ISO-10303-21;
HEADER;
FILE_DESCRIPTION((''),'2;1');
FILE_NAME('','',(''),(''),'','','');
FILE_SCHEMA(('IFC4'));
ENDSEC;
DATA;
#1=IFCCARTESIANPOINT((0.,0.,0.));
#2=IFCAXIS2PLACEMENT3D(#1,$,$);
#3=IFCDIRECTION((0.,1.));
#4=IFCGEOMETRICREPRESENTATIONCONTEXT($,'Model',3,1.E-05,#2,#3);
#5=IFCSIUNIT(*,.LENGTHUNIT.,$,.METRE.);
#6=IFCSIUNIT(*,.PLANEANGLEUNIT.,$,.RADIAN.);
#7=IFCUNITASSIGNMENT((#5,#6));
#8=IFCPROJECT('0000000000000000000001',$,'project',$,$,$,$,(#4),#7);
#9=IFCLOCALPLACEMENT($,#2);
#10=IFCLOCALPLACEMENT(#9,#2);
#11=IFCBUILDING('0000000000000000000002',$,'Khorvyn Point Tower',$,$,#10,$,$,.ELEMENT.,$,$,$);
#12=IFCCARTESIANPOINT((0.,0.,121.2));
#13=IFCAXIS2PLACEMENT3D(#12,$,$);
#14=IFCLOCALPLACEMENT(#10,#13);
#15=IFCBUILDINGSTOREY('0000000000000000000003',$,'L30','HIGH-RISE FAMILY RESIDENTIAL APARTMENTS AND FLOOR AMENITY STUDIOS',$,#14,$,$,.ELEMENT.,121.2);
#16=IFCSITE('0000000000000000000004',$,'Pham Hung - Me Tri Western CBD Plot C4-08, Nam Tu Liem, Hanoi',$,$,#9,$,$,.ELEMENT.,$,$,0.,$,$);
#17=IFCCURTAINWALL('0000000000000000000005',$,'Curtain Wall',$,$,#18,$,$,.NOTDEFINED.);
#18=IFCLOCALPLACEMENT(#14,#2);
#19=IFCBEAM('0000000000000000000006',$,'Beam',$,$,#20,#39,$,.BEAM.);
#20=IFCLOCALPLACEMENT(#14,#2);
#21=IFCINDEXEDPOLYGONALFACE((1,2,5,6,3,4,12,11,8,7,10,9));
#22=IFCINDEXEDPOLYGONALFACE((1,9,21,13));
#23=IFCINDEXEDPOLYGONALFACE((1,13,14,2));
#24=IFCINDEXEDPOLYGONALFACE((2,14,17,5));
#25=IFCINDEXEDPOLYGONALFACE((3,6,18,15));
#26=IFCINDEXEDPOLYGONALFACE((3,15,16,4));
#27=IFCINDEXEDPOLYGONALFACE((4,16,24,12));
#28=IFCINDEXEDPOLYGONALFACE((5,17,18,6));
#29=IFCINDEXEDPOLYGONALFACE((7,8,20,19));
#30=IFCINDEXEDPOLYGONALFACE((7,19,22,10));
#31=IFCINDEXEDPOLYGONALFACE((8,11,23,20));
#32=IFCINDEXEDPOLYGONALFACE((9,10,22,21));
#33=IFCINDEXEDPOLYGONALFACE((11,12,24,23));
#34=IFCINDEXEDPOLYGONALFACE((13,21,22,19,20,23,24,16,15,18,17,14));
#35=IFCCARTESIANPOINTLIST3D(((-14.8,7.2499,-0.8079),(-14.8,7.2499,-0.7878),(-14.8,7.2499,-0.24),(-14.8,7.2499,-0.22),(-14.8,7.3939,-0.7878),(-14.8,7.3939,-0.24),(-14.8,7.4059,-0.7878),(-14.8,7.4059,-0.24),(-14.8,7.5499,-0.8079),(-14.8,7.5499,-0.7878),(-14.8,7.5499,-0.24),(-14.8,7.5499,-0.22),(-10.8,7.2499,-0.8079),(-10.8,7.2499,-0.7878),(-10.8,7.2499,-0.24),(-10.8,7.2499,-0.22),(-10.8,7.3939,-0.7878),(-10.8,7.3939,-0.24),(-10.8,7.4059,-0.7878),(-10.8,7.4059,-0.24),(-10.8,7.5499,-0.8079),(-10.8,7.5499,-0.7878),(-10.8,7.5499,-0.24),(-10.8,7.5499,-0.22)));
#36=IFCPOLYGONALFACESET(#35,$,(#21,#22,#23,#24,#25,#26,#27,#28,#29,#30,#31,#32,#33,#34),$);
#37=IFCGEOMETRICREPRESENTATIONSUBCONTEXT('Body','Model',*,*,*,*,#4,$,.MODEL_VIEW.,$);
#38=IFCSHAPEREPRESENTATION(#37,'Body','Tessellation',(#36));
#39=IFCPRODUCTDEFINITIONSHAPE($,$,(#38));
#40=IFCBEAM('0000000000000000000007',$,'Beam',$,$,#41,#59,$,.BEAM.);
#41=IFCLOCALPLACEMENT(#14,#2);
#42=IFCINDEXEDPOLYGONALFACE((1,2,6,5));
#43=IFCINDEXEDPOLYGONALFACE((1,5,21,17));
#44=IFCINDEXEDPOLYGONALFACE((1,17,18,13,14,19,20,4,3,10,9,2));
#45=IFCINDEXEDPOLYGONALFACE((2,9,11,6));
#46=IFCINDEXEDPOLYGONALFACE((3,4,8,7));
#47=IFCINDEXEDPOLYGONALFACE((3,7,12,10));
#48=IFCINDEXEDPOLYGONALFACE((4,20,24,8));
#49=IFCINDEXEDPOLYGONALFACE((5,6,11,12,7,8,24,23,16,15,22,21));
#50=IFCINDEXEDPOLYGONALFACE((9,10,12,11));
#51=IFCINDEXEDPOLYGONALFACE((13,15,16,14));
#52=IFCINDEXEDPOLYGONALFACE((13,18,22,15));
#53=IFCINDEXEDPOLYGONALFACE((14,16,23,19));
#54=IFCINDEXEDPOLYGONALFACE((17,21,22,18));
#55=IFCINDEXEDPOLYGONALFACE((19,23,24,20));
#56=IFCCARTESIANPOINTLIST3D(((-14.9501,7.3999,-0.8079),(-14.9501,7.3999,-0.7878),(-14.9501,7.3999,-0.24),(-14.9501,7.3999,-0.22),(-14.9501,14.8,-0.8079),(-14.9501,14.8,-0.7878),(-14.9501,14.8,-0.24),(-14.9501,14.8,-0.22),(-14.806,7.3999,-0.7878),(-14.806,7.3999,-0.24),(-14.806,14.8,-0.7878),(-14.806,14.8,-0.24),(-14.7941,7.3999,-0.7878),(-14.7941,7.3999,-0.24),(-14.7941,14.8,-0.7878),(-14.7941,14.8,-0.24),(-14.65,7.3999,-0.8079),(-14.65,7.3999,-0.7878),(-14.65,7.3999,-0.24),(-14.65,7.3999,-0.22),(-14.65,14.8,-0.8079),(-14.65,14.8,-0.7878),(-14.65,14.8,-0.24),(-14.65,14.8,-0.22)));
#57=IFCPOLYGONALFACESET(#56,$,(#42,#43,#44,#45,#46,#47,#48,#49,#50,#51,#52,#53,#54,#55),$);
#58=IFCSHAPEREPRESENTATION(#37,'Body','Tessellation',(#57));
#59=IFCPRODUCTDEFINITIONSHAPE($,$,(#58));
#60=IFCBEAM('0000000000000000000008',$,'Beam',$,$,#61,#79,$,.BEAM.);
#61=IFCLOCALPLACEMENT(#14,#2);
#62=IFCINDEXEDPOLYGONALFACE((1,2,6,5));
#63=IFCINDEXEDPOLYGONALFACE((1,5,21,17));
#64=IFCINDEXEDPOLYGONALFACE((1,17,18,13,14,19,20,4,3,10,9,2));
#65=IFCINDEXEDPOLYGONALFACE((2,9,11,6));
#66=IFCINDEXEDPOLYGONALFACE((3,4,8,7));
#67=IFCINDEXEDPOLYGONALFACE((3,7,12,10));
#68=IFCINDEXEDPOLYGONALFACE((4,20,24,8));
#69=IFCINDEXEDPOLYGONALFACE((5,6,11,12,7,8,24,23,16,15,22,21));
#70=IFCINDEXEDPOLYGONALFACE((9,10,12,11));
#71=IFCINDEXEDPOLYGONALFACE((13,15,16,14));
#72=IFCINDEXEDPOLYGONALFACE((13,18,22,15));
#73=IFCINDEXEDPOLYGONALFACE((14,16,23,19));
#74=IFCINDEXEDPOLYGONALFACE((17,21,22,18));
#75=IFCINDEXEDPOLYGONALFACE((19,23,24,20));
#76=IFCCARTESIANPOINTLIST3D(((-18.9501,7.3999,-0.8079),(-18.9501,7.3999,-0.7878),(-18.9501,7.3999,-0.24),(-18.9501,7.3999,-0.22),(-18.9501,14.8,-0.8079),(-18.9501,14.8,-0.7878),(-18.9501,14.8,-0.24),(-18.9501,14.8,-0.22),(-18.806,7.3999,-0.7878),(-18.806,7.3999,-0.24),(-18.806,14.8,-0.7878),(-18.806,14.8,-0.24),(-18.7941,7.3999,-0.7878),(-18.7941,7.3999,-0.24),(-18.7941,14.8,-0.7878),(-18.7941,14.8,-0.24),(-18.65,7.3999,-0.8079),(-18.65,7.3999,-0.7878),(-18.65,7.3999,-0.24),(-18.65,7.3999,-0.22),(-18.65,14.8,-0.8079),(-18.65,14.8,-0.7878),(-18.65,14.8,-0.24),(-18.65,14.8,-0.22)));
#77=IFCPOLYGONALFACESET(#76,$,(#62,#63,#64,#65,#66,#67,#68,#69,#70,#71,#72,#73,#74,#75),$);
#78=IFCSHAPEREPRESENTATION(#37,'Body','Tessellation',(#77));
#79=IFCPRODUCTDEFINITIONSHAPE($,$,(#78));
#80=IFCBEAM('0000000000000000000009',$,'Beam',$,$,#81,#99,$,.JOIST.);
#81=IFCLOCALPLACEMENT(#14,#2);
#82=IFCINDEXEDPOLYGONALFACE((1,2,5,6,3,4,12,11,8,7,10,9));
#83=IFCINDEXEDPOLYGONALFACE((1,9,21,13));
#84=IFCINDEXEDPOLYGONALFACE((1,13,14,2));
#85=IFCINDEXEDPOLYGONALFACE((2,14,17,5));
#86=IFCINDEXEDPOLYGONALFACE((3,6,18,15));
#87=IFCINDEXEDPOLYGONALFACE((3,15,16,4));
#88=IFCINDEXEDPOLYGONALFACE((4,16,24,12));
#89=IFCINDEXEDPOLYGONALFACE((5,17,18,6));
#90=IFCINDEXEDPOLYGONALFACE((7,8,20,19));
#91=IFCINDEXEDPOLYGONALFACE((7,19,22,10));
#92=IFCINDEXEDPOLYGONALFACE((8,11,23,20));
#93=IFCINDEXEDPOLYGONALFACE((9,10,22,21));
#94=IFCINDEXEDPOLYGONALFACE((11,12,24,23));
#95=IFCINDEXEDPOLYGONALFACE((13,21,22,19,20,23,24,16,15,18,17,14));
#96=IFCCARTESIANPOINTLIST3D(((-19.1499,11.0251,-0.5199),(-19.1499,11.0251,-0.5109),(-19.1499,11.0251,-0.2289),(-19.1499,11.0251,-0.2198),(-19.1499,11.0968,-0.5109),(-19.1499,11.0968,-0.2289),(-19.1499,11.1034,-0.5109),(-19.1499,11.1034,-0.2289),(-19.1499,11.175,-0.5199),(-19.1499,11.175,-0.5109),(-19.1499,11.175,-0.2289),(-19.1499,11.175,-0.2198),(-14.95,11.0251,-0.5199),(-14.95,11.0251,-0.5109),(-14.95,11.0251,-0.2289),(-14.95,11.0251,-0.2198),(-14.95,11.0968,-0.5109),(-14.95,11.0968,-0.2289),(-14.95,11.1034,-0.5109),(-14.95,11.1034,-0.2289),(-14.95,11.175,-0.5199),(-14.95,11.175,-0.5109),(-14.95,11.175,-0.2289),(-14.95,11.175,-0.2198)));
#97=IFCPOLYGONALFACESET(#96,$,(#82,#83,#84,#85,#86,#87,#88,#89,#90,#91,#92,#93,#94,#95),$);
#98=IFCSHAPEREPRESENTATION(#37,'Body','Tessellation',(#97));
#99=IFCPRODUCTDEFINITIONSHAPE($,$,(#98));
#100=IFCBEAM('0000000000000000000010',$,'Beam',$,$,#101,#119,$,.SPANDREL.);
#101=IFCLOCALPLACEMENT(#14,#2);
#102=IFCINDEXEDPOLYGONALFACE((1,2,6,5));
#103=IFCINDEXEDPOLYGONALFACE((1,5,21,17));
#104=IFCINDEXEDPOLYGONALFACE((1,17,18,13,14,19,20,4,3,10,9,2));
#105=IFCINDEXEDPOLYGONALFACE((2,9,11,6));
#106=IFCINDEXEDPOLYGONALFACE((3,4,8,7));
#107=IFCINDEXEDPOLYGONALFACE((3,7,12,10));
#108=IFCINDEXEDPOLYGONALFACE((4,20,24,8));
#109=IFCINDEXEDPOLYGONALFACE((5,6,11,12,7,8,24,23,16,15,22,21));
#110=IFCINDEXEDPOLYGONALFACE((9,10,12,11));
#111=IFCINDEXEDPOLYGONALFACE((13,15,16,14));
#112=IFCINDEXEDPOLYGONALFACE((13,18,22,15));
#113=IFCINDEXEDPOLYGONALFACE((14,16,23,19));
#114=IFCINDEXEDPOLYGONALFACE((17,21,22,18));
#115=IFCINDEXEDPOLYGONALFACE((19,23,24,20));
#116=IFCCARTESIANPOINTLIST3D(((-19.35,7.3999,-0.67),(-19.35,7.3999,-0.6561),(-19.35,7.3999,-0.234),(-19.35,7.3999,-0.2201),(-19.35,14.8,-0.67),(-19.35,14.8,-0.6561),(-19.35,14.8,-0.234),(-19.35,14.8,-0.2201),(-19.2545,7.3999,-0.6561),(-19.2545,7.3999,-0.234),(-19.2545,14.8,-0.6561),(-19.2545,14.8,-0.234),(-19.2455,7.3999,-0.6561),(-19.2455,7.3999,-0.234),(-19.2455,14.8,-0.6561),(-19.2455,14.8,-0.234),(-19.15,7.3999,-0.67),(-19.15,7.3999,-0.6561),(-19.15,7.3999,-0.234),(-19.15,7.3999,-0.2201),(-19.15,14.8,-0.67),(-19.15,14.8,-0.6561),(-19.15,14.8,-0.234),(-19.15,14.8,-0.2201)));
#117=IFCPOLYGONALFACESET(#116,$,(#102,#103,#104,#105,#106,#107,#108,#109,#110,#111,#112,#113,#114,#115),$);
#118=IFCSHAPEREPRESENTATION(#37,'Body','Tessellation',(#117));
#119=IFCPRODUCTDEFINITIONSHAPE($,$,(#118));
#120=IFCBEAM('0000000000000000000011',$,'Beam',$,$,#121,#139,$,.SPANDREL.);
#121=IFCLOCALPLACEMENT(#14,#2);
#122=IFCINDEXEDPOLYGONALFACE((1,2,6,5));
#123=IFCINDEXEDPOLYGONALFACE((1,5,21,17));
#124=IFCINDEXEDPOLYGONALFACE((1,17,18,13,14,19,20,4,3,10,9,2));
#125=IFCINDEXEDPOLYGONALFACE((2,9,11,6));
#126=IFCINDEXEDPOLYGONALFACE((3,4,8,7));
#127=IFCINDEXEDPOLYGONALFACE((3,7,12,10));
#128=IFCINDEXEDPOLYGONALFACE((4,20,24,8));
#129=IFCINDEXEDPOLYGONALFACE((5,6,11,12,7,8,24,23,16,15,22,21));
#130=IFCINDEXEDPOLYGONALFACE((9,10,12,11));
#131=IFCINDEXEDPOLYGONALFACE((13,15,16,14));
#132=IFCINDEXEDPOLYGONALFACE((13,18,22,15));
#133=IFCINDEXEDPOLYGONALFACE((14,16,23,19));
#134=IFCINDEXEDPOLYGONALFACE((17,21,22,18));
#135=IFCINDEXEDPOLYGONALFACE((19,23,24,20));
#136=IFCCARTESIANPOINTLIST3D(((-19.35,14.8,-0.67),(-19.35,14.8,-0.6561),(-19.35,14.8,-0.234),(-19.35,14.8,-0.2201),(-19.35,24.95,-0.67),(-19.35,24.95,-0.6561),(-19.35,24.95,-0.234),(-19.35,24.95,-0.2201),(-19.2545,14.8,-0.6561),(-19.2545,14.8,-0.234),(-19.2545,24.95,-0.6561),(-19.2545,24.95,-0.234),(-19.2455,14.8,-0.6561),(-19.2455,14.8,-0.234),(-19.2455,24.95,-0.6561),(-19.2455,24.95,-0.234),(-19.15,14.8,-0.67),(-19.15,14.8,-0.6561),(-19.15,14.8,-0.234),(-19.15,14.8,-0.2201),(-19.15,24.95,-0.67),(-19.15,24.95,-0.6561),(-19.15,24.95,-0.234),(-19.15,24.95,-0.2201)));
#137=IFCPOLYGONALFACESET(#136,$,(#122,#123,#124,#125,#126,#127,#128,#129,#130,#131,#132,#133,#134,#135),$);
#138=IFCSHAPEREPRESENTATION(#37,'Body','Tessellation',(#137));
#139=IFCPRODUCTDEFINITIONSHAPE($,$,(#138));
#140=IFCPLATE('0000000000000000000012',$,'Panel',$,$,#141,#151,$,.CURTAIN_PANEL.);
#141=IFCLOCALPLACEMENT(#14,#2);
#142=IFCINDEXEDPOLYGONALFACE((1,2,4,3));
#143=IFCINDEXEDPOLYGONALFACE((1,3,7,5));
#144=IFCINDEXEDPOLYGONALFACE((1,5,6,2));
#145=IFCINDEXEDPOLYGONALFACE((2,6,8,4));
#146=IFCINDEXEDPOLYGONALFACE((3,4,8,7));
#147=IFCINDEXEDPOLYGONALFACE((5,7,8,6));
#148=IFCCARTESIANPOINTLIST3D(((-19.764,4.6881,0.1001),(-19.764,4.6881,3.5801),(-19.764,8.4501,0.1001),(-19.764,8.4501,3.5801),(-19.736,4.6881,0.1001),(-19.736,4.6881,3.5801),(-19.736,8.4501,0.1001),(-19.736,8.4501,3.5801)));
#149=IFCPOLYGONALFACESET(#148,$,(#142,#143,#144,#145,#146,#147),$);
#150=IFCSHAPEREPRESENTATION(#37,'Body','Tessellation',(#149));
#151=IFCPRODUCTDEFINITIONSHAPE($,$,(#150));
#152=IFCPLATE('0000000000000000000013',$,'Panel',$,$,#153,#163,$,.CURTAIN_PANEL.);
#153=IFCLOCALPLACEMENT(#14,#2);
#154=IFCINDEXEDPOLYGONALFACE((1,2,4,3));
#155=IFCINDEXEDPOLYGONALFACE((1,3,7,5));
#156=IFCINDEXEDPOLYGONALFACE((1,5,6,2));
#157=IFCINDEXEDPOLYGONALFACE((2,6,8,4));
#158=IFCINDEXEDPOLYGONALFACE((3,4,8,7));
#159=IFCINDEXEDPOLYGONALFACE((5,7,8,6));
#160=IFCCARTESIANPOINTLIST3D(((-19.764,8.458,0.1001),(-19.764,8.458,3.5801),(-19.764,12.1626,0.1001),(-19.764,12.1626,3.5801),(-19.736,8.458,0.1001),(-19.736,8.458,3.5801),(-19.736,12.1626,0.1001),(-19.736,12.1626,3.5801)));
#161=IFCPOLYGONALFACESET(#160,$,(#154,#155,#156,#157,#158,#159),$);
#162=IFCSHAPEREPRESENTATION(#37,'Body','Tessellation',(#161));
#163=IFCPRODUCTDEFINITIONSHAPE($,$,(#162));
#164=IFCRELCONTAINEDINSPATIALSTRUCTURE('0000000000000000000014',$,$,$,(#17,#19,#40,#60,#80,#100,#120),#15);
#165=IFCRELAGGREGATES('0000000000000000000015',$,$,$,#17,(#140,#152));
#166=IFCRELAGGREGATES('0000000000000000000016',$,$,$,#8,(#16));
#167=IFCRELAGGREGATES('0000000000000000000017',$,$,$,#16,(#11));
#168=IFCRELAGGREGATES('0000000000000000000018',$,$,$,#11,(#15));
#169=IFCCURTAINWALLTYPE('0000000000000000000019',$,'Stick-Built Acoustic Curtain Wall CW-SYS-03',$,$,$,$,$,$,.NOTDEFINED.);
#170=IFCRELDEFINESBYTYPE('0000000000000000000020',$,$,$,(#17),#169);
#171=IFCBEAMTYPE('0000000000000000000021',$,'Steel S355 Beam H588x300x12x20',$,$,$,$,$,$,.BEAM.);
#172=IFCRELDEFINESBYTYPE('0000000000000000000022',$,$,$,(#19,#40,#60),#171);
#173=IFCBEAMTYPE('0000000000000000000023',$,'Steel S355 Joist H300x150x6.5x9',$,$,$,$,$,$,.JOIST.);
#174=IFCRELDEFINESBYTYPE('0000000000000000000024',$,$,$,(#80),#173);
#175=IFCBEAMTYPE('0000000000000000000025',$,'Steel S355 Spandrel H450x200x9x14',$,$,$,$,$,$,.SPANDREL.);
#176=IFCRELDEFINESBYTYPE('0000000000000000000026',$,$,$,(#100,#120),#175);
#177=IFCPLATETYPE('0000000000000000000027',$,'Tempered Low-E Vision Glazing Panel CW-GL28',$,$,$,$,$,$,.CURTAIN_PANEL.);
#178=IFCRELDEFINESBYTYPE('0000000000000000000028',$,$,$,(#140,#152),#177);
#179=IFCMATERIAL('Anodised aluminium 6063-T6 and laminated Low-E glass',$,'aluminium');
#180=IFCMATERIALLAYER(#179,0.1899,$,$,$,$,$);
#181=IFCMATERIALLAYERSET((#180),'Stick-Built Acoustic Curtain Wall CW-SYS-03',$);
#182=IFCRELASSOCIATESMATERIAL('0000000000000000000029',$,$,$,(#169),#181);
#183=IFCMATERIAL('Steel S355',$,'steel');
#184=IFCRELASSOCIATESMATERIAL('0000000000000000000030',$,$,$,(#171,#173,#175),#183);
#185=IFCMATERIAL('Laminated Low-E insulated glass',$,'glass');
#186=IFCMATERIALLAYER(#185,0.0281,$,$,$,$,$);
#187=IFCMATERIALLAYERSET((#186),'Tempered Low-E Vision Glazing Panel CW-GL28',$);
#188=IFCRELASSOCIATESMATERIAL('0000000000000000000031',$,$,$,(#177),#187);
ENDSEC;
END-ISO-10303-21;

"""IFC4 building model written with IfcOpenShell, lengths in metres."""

from ifc_helpers import new_model, si_unit, direction, frame, origin, origin_2d, place, context, subcontext, project, spatial, rectangle, i_section, extrude, material, layer, layer_set, material_profile, profile_set, type_object, element, aggregate, save


model = new_model("IFC4")

# Units and contexts
model_context = context("Model", 3, precision=1e-05, world=origin(), true_north=direction((0.0, 1.0)))
body_context = subcontext(model_context, "Body", "Model", "MODEL_VIEW")
ifc_project = project(units=[si_unit("LENGTHUNIT", "METRE"), si_unit("PLANEANGLEUNIT", "RADIAN")], contexts=[model_context])

# Site, building, storey
site_placement = place(None, origin())
site = spatial("IfcSite", under=ifc_project, at=site_placement, Name="Pham Hung - Me Tri Western CBD Plot C4-08, Nam Tu Liem, Hanoi", CompositionType="ELEMENT", RefElevation=0.0)
building_placement = place(site_placement, origin())
building = spatial("IfcBuilding", under=site, at=building_placement, Name="Khorvyn Point Tower", CompositionType="ELEMENT")
storey_placement = place(building_placement, frame((0.0, 0.0, 121.2)))
storey = spatial("IfcBuildingStorey", under=building, at=storey_placement, Name="L30", Description="HIGH-RISE FAMILY RESIDENTIAL APARTMENTS AND FLOOR AMENITY STUDIOS", CompositionType="ELEMENT", Elevation=121.2)

# Curtain wall
ifc_material_1 = material(Name="Anodised aluminium 6063-T6 and laminated Low-E glass", Category="aluminium")
ifc_layer_1 = layer(ifc_material_1, 0.1899)
ifc_layer_set_1 = layer_set([ifc_layer_1], Name="Stick-Built Acoustic Curtain Wall CW-SYS-03")
curtain_wall_type = type_object("IfcCurtainWallType", Name="Stick-Built Acoustic Curtain Wall CW-SYS-03", PredefinedType="NOTDEFINED", material=ifc_layer_set_1)
curtain_wall_placement = place(storey_placement, origin())
curtain_wall = element("IfcCurtainWall", 1, at=curtain_wall_placement, inside=storey, type_object=curtain_wall_type, Name="Curtain Wall", PredefinedType="NOTDEFINED")

# Beams
ifc_material_2 = material(Name="Steel S355", Category="steel")
ifc_material_profile_1 = material_profile(ifc_material_2, i_section(OverallWidth=0.3, OverallDepth=0.5879, WebThickness=0.012, FlangeThickness=0.02, at=origin_2d()))
ifc_profile_set_1 = profile_set([ifc_material_profile_1], Name="Steel S355 H588x300x12x20")
beam_type_1 = type_object("IfcBeamType", Name="Steel S355 Beam H588x300x12x20", PredefinedType="BEAM", material=ifc_profile_set_1)
beam_1_placement = place(storey_placement, frame((-14.8, 7.3999, -0.5139), z_axis=(1.0, 0.0, 0.0), x_axis=(0.0, 1.0, 0.0)))
element("IfcBeam", 2, at=beam_1_placement, inside=storey, type_object=beam_type_1, Name="Beam", PredefinedType="BEAM", context=body_context, shape_type="SweptSolid", body=[
    extrude(i_section(OverallWidth=0.3, OverallDepth=0.5879, WebThickness=0.012, FlangeThickness=0.02, at=origin_2d()), origin(), (0.0, 0.0, 1.0), 4.0),
])
for number, where, z_axis, x_axis, name in (
    (3, (-14.8, 7.3999, -0.5139), (0.0, 1.0, 0.0), (-1.0, 0.0, 0.0), "Beam"),
    (4, (-18.8, 7.3999, -0.5139), (0.0, 1.0, 0.0), (-1.0, 0.0, 0.0), "Beam"),
):
    element("IfcBeam", number, at=place(storey_placement, frame(where, z_axis=z_axis, x_axis=x_axis)), inside=storey, type_object=beam_type_1, Name=name, PredefinedType="BEAM", context=body_context, shape_type="SweptSolid", body=[
        extrude(i_section(OverallWidth=0.3, OverallDepth=0.5879, WebThickness=0.012, FlangeThickness=0.02, at=origin_2d()), origin(), (0.0, 0.0, 1.0), 7.4001),
    ])
ifc_material_profile_2 = material_profile(ifc_material_2, i_section(OverallWidth=0.1499, OverallDepth=0.3, WebThickness=0.0066, FlangeThickness=0.009, at=origin_2d()))
ifc_profile_set_2 = profile_set([ifc_material_profile_2], Name="Steel S355 H300x150x6.5x9")
beam_type_2 = type_object("IfcBeamType", Name="Steel S355 Joist H300x150x6.5x9", PredefinedType="JOIST", material=ifc_profile_set_2)
beam_2_placement = place(storey_placement, frame((-19.1499, 11.1001, -0.3699), z_axis=(1.0, 0.0, 0.0), x_axis=(0.0, 1.0, 0.0)))
element("IfcBeam", 5, at=beam_2_placement, inside=storey, type_object=beam_type_2, Name="Beam", PredefinedType="JOIST", context=body_context, shape_type="SweptSolid", body=[
    extrude(i_section(OverallWidth=0.1499, OverallDepth=0.3, WebThickness=0.0066, FlangeThickness=0.009, at=origin_2d()), origin(), (0.0, 0.0, 1.0), 4.2),
])
ifc_material_profile_3 = material_profile(ifc_material_2, i_section(OverallWidth=0.2, OverallDepth=0.45, WebThickness=0.009, FlangeThickness=0.0139, at=origin_2d()))
ifc_profile_set_3 = profile_set([ifc_material_profile_3], Name="Steel S355 H450x200x9x14")
beam_type_3 = type_object("IfcBeamType", Name="Steel S355 Spandrel H450x200x9x14", PredefinedType="SPANDREL", material=ifc_profile_set_3)
beam_3_placement = place(storey_placement, frame((-19.25, 7.3999, -0.4451), z_axis=(0.0, 1.0, 0.0), x_axis=(-1.0, 0.0, 0.0)))
element("IfcBeam", 6, at=beam_3_placement, inside=storey, type_object=beam_type_3, Name="Beam", PredefinedType="SPANDREL", context=body_context, shape_type="SweptSolid", body=[
    extrude(i_section(OverallWidth=0.2, OverallDepth=0.45, WebThickness=0.009, FlangeThickness=0.0139, at=origin_2d()), origin(), (0.0, 0.0, 1.0), 7.4001),
])
beam_4_placement = place(storey_placement, frame((-19.25, 14.8, -0.4451), z_axis=(0.0, 1.0, 0.0), x_axis=(-1.0, 0.0, 0.0)))
element("IfcBeam", 7, at=beam_4_placement, inside=storey, type_object=beam_type_3, Name="Beam", PredefinedType="SPANDREL", context=body_context, shape_type="SweptSolid", body=[
    extrude(i_section(OverallWidth=0.2, OverallDepth=0.45, WebThickness=0.009, FlangeThickness=0.0139, at=origin_2d()), origin(), (0.0, 0.0, 1.0), 10.1499),
])

# Plates
ifc_material_3 = material(Name="Laminated Low-E insulated glass", Category="glass")
ifc_layer_2 = layer(ifc_material_3, 0.0281)
ifc_layer_set_2 = layer_set([ifc_layer_2], Name="Tempered Low-E Vision Glazing Panel CW-GL28")
plate_type = type_object("IfcPlateType", Name="Tempered Low-E Vision Glazing Panel CW-GL28", PredefinedType="CURTAIN_PANEL", material=ifc_layer_set_2)
plate_1_placement = place(storey_placement, frame((-19.75, 6.5691, 0.1001), z_axis=(0.0, 0.0, 1.0), x_axis=(0.0, 1.0, 0.0)))
plate_1 = element("IfcPlate", 8, at=plate_1_placement, type_object=plate_type, Name="Panel", PredefinedType="CURTAIN_PANEL", context=body_context, shape_type="SweptSolid", body=[
    extrude(rectangle(XDim=3.762, YDim=0.0281, at=origin_2d()), origin(), (0.0, 0.0, 1.0), 3.48),
])
plate_2_placement = place(storey_placement, frame((-19.75, 10.3103, 0.1001), z_axis=(0.0, 0.0, 1.0), x_axis=(0.0, 1.0, 0.0)))
plate_2 = element("IfcPlate", 9, at=plate_2_placement, type_object=plate_type, Name="Panel", PredefinedType="CURTAIN_PANEL", context=body_context, shape_type="SweptSolid", body=[
    extrude(rectangle(XDim=3.7046, YDim=0.0281, at=origin_2d()), origin(), (0.0, 0.0, 1.0), 3.48),
])
aggregate(curtain_wall, [plate_1, plate_2])

save(model, "model.ifc")
